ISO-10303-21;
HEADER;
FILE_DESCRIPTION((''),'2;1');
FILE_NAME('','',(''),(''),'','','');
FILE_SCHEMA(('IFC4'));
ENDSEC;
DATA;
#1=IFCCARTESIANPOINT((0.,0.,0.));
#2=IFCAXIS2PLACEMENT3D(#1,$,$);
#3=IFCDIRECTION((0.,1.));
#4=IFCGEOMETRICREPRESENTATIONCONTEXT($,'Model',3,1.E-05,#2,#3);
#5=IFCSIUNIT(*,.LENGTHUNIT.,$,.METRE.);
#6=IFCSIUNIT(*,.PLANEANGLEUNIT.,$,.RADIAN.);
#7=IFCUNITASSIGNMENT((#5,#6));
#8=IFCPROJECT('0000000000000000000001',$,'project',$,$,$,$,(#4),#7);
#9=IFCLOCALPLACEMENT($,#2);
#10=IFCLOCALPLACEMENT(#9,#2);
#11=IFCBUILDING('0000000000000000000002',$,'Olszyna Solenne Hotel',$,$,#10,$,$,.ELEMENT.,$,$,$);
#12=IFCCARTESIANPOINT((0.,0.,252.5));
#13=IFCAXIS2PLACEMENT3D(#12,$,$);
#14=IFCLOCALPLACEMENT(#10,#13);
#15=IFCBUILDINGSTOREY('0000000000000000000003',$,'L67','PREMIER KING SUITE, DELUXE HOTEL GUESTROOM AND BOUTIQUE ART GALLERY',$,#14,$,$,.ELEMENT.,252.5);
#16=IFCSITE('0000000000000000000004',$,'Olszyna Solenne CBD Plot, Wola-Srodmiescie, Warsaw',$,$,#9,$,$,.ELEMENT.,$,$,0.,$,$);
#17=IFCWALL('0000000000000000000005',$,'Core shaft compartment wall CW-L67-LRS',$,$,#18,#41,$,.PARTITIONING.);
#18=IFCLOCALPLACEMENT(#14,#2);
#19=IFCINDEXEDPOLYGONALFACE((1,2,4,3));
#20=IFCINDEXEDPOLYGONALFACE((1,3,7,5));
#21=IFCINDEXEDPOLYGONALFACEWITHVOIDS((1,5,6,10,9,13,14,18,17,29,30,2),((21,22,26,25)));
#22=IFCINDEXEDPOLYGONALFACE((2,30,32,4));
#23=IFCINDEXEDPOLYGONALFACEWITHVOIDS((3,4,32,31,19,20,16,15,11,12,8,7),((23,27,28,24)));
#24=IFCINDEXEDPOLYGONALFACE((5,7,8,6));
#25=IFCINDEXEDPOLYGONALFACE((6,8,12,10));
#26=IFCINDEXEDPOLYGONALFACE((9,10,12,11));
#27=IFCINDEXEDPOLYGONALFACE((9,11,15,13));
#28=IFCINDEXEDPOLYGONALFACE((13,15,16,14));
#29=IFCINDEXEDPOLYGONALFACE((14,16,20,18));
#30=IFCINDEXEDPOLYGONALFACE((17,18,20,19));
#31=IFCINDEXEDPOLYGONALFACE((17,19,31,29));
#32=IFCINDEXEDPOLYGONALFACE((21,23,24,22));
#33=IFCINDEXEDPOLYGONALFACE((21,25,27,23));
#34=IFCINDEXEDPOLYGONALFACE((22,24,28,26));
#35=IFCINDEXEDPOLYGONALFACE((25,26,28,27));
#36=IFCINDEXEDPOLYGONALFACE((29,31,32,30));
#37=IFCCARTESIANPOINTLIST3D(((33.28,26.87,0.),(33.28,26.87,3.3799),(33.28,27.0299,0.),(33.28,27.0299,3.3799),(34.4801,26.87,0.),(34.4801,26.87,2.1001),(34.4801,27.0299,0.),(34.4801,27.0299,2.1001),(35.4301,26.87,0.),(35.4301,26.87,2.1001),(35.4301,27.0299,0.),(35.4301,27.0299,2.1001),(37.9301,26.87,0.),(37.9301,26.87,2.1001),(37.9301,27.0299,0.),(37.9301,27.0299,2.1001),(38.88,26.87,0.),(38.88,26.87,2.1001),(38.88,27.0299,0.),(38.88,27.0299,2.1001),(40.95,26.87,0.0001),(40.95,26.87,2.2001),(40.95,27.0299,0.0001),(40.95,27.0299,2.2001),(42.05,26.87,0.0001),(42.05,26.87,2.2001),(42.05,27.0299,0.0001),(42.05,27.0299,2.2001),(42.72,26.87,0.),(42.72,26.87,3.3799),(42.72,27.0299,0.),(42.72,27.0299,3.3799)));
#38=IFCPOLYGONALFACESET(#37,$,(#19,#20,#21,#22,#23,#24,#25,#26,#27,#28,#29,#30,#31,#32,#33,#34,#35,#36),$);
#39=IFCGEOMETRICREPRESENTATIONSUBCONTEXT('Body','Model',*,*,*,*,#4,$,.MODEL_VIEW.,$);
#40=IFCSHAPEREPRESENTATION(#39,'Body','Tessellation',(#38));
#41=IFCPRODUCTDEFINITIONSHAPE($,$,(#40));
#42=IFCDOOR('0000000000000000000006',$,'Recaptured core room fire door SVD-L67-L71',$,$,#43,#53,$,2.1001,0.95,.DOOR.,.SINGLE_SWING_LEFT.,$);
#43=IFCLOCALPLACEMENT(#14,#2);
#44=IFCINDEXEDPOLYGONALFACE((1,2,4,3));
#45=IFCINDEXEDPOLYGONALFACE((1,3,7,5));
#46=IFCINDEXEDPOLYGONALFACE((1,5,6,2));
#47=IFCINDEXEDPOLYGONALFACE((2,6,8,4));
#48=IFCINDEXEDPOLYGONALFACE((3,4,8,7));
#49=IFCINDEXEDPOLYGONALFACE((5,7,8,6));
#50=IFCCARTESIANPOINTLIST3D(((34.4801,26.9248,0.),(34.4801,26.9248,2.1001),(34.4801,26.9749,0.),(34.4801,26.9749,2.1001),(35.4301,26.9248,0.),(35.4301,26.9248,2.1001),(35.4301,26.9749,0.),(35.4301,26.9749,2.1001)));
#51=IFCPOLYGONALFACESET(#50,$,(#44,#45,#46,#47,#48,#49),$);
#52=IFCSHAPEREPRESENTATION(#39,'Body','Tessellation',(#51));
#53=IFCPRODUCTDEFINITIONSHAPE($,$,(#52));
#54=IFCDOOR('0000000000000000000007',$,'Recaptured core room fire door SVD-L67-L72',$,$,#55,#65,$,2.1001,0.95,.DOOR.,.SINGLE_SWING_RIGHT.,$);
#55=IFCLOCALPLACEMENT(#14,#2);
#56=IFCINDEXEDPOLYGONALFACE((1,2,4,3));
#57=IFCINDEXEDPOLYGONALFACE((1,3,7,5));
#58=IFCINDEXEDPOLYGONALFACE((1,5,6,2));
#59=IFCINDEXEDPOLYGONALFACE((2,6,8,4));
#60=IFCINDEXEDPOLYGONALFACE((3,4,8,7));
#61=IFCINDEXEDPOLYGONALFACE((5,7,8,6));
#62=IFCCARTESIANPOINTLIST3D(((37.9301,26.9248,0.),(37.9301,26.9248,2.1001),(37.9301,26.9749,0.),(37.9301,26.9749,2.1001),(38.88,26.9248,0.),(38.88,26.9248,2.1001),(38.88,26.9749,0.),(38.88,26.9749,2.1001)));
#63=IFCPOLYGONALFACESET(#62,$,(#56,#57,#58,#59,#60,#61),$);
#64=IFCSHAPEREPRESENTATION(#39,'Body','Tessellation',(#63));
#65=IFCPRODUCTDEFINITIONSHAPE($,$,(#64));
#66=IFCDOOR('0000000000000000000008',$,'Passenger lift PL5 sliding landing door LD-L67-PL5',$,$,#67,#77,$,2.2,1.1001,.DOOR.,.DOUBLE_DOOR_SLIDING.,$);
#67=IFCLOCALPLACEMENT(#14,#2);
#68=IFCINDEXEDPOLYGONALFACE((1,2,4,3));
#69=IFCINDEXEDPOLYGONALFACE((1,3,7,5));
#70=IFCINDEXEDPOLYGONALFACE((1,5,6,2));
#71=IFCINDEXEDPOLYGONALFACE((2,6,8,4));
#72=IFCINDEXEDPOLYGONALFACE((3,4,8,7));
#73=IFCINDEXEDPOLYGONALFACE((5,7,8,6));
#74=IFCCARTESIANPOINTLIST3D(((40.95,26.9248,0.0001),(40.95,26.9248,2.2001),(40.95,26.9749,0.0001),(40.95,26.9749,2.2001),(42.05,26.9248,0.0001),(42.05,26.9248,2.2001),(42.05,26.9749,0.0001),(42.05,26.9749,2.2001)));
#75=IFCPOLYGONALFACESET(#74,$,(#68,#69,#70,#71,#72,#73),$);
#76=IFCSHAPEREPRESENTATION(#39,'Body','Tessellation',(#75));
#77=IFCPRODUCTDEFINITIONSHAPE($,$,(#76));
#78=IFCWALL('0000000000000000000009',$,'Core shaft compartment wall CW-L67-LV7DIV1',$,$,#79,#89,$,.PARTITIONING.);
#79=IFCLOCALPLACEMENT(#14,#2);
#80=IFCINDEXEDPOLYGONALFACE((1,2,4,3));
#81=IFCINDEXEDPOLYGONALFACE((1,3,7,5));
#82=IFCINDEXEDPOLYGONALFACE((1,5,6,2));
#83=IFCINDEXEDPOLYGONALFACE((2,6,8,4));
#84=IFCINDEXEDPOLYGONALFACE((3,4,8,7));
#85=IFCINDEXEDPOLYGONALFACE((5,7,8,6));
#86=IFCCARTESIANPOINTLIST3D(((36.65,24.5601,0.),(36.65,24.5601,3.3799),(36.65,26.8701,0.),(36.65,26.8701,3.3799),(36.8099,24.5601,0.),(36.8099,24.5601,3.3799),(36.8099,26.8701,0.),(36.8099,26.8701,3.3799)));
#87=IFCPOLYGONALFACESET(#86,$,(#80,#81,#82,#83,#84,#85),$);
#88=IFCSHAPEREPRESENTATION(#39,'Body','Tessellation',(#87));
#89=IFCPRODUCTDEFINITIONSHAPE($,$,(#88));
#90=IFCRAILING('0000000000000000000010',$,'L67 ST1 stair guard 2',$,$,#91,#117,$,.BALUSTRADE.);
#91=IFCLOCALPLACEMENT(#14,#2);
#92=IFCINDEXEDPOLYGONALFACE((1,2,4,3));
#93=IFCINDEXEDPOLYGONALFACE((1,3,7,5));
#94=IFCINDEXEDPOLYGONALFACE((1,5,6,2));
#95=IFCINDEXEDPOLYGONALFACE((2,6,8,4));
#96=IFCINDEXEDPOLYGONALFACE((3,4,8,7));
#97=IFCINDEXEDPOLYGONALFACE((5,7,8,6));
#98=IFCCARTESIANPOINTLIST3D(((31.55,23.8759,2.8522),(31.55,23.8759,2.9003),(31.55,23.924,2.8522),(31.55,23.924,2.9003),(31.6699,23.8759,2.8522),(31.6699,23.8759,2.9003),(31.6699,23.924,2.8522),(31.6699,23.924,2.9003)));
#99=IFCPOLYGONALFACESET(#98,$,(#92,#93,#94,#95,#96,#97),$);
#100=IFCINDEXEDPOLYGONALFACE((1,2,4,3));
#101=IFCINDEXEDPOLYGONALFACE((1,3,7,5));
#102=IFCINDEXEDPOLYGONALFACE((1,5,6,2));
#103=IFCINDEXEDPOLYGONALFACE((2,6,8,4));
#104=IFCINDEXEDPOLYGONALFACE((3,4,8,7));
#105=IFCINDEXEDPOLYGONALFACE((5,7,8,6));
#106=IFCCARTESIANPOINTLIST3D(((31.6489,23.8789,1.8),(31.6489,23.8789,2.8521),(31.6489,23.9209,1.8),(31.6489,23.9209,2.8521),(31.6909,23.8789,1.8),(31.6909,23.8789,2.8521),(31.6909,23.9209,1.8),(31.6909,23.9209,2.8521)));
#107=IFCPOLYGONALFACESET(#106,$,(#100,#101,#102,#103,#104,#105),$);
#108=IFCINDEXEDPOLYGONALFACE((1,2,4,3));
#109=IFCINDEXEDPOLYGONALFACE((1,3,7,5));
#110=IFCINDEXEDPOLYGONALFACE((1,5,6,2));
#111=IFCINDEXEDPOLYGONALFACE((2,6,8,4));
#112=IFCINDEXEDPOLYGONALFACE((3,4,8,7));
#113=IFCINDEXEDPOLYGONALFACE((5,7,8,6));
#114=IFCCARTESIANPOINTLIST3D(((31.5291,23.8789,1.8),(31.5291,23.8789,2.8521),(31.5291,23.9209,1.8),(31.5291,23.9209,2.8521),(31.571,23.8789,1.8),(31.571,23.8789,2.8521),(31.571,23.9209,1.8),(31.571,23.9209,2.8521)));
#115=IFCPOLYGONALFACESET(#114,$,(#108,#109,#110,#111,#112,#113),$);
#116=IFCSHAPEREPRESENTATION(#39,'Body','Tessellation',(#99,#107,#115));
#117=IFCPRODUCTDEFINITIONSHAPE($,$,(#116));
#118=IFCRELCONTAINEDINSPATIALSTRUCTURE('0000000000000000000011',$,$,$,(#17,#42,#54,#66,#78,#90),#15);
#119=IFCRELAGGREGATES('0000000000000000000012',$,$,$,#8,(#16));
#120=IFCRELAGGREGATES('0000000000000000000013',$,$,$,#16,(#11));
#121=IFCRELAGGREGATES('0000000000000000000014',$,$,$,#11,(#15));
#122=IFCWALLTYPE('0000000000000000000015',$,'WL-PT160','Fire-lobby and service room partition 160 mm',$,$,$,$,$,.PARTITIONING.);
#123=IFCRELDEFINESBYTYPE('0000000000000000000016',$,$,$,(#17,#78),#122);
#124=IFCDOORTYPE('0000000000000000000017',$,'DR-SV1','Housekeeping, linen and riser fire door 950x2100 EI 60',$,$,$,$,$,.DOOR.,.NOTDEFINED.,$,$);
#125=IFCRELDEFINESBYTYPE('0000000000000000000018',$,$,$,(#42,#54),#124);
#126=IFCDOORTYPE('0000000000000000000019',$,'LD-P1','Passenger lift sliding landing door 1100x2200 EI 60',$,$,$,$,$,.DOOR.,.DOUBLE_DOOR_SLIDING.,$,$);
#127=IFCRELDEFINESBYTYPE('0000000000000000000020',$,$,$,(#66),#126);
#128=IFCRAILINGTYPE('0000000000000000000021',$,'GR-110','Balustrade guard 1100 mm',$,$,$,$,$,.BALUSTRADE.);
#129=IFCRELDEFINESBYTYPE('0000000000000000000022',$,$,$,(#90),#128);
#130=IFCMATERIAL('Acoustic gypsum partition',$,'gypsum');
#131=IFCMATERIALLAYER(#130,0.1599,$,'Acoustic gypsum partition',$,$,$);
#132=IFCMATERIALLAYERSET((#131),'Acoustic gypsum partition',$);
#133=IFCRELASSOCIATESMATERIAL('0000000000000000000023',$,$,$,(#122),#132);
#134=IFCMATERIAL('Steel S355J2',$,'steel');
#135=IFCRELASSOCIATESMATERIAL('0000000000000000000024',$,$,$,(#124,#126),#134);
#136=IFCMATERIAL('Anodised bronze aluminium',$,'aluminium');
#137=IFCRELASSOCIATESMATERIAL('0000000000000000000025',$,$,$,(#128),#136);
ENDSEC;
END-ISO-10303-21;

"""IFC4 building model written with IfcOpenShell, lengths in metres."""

from ifc_helpers import new_model, si_unit, direction, frame, frame_2d, origin, origin_2d, place, context, subcontext, project, spatial, rectangle, extrude, source, transform, mapped, material, layer, layer_set, type_object, type_shapes, element, fill, save


model = new_model("IFC4")

# Units and contexts
model_context = context("Model", 3, precision=1e-05, world=origin(), true_north=direction((0.0, 1.0)))
body_context = subcontext(model_context, "Body", "Model", "MODEL_VIEW")
ifc_project = project(units=[si_unit("LENGTHUNIT", "METRE"), si_unit("PLANEANGLEUNIT", "RADIAN")], contexts=[model_context])

# Site, building, storey
site_placement = place(None, origin())
site = spatial("IfcSite", under=ifc_project, at=site_placement, Name="Olszyna Solenne CBD Plot, Wola-Srodmiescie, Warsaw", CompositionType="ELEMENT", RefElevation=0.0)
building_placement = place(site_placement, origin())
building = spatial("IfcBuilding", under=site, at=building_placement, Name="Olszyna Solenne Hotel", CompositionType="ELEMENT")
storey_placement = place(building_placement, frame((0.0, 0.0, 252.5)))
storey = spatial("IfcBuildingStorey", under=building, at=storey_placement, Name="L67", Description="PREMIER KING SUITE, DELUXE HOTEL GUESTROOM AND BOUTIQUE ART GALLERY", CompositionType="ELEMENT", Elevation=252.5)

# Shared definitions
ifc_material_1 = material(Name="Steel S355J2", Category="steel")

# Shared definitions
ifc_material_2 = material(Name="Acoustic gypsum partition", Category="gypsum")
ifc_layer_1 = layer(ifc_material_2, 0.1599, Name="Acoustic gypsum partition")
ifc_layer_set_1 = layer_set([ifc_layer_1], Name="Acoustic gypsum partition")
wall_type_1 = type_object("IfcWallType", Name="WL-PT160", Description="Fire-lobby and service room partition 160 mm", PredefinedType="PARTITIONING", material=ifc_layer_set_1)

# Wall, openings, doors
wall_1_placement = place(storey_placement, frame((33.28, 26.95, 0.0), z_axis=(0.0, 0.0, 1.0), x_axis=(1.0, 0.0, 0.0)))
wall_1 = element("IfcWall", 1, at=wall_1_placement, inside=storey, type_object=wall_type_1, Name="Core shaft compartment wall CW-L67-LRS", PredefinedType="PARTITIONING", context=body_context, shape_type="SweptSolid", body=[
    extrude(rectangle(XDim=9.4399, YDim=0.1599, at=frame_2d((4.72, 0.0))), origin(), (0.0, 0.0, 1.0), 3.3799),
])
opening_1_placement = place(wall_1_placement, frame((1.2, 0.0, 0.0)))
opening_1 = element("IfcOpeningElement", 2, at=opening_1_placement, cuts=wall_1, PredefinedType="OPENING", context=body_context, shape_type="SweptSolid", body=[
    extrude(rectangle(XDim=0.95, YDim=2.1001, at=frame_2d((0.4751, 1.05))), frame((0.0, 0.0898, 0.0), z_axis=(0.0, -1.0, 0.0), x_axis=(1.0, 0.0, 0.0)), (0.0, 0.0, 1.0), 0.1799),
])
opening_2_placement = place(wall_1_placement, frame((4.6499, 0.0, 0.0)))
opening_2 = element("IfcOpeningElement", 3, at=opening_2_placement, cuts=wall_1, PredefinedType="OPENING", context=body_context, shape_type="SweptSolid", body=[
    extrude(rectangle(XDim=0.95, YDim=2.1001, at=frame_2d((0.4751, 1.05))), frame((0.0, 0.0898, 0.0), z_axis=(0.0, -1.0, 0.0), x_axis=(1.0, 0.0, 0.0)), (0.0, 0.0, 1.0), 0.1799),
])
opening_3_placement = place(wall_1_placement, frame((7.6699, 0.0, 0.0)))
opening_3 = element("IfcOpeningElement", 4, at=opening_3_placement, cuts=wall_1, PredefinedType="OPENING", context=body_context, shape_type="SweptSolid", body=[
    extrude(rectangle(XDim=1.1001, YDim=2.2, at=frame_2d((0.55, 1.1001))), frame((0.0, 0.0898, 0.0), z_axis=(0.0, -1.0, 0.0), x_axis=(1.0, 0.0, 0.0)), (0.0, 0.0, 1.0), 0.1799),
])
door_type_1 = type_object("IfcDoorType", Name="DR-SV1", Description="Housekeeping, linen and riser fire door 950x2100 EI 60", OperationType="NOTDEFINED", PredefinedType="DOOR", material=ifc_material_1)
shared_shape_1 = source(origin(), body_context, "Body", "SweptSolid", [
    extrude(rectangle(XDim=0.95, YDim=2.1001, at=frame_2d((0.4751, 1.05))), frame((0.0, 0.0249, 0.0), z_axis=(0.0, -1.0, 0.0), x_axis=(1.0, 0.0, 0.0)), (0.0, 0.0, 1.0), 0.05),
])
type_shapes(door_type_1, [shared_shape_1])
door_1_placement = place(opening_1_placement, origin())
door_1 = element("IfcDoor", 5, at=door_1_placement, inside=storey, type_object=door_type_1, Name="Recaptured core room fire door SVD-L67-L71", OperationType="SINGLE_SWING_LEFT", OverallHeight=2.1001, OverallWidth=0.95, PredefinedType="DOOR", context=body_context, shape_type="MappedRepresentation", body=[
    mapped(shared_shape_1, transform((0.0, 0.0, 0.0), x_axis=(1.0, 0.0, 0.0), y_axis=(0.0, 1.0, 0.0), z_axis=(0.0, 0.0, 1.0), scale=1.0)),
])
fill(opening_1, door_1)
door_2_placement = place(opening_2_placement, origin())
door_2 = element("IfcDoor", 6, at=door_2_placement, inside=storey, type_object=door_type_1, Name="Recaptured core room fire door SVD-L67-L72", OperationType="SINGLE_SWING_RIGHT", OverallHeight=2.1001, OverallWidth=0.95, PredefinedType="DOOR", context=body_context, shape_type="MappedRepresentation", body=[
    mapped(shared_shape_1, transform((0.0, 0.0, 0.0), x_axis=(1.0, 0.0, 0.0), y_axis=(0.0, 1.0, 0.0), z_axis=(0.0, 0.0, 1.0), scale=1.0)),
])
fill(opening_2, door_2)
door_type_2 = type_object("IfcDoorType", Name="LD-P1", Description="Passenger lift sliding landing door 1100x2200 EI 60", OperationType="DOUBLE_DOOR_SLIDING", PredefinedType="DOOR", material=ifc_material_1)
shared_shape_2 = source(origin(), body_context, "Body", "SweptSolid", [
    extrude(rectangle(XDim=1.1001, YDim=2.2, at=frame_2d((0.55, 1.1001))), frame((0.0, 0.0249, 0.0), z_axis=(0.0, -1.0, 0.0), x_axis=(1.0, 0.0, 0.0)), (0.0, 0.0, 1.0), 0.05),
])
type_shapes(door_type_2, [shared_shape_2])
door_3_placement = place(opening_3_placement, origin())
door_3 = element("IfcDoor", 7, at=door_3_placement, inside=storey, type_object=door_type_2, Name="Passenger lift PL5 sliding landing door LD-L67-PL5", OperationType="DOUBLE_DOOR_SLIDING", OverallHeight=2.2, OverallWidth=1.1001, PredefinedType="DOOR", context=body_context, shape_type="MappedRepresentation", body=[
    mapped(shared_shape_2, transform((0.0, 0.0, 0.0), x_axis=(1.0, 0.0, 0.0), y_axis=(0.0, 1.0, 0.0), z_axis=(0.0, 0.0, 1.0), scale=1.0)),
])
fill(opening_3, door_3)

# Wall
wall_2_placement = place(storey_placement, frame((36.73, 24.5601, 0.0), z_axis=(0.0, 0.0, 1.0), x_axis=(0.0, 1.0, 0.0)))
element("IfcWall", 8, at=wall_2_placement, inside=storey, type_object=wall_type_1, Name="Core shaft compartment wall CW-L67-LV7DIV1", PredefinedType="PARTITIONING", context=body_context, shape_type="SweptSolid", body=[
    extrude(rectangle(XDim=2.3101, YDim=0.1599, at=frame_2d((1.155, 0.0))), origin(), (0.0, 0.0, 1.0), 3.3799),
])

# Railing
ifc_material_3 = material(Name="Anodised bronze aluminium", Category="aluminium")
railing_type = type_object("IfcRailingType", Name="GR-110", Description="Balustrade guard 1100 mm", PredefinedType="BALUSTRADE", material=ifc_material_3)
railing_placement = place(storey_placement, frame((31.6699, 23.8999, 1.8)))
element("IfcRailing", 9, at=railing_placement, inside=storey, type_object=railing_type, Name="L67 ST1 stair guard 2", PredefinedType="BALUSTRADE", context=body_context, shape_type="SweptSolid", body=[
    extrude(rectangle(XDim=0.0481, YDim=0.0481, at=origin_2d()), frame((0.0, 0.0, 1.0762), z_axis=(-1.0, 0.0, 0.0), x_axis=(0.0, -1.0, 0.0)), (0.0, 0.0, 1.0), 0.1199),
    extrude(rectangle(XDim=0.042, YDim=0.042, at=origin_2d()), origin(), (0.0, 0.0, 1.0), 1.052),
    extrude(rectangle(XDim=0.042, YDim=0.042, at=origin_2d()), frame((-0.1199, 0.0, 0.0)), (0.0, 0.0, 1.0), 1.052),
])

save(model, "model.ifc")
